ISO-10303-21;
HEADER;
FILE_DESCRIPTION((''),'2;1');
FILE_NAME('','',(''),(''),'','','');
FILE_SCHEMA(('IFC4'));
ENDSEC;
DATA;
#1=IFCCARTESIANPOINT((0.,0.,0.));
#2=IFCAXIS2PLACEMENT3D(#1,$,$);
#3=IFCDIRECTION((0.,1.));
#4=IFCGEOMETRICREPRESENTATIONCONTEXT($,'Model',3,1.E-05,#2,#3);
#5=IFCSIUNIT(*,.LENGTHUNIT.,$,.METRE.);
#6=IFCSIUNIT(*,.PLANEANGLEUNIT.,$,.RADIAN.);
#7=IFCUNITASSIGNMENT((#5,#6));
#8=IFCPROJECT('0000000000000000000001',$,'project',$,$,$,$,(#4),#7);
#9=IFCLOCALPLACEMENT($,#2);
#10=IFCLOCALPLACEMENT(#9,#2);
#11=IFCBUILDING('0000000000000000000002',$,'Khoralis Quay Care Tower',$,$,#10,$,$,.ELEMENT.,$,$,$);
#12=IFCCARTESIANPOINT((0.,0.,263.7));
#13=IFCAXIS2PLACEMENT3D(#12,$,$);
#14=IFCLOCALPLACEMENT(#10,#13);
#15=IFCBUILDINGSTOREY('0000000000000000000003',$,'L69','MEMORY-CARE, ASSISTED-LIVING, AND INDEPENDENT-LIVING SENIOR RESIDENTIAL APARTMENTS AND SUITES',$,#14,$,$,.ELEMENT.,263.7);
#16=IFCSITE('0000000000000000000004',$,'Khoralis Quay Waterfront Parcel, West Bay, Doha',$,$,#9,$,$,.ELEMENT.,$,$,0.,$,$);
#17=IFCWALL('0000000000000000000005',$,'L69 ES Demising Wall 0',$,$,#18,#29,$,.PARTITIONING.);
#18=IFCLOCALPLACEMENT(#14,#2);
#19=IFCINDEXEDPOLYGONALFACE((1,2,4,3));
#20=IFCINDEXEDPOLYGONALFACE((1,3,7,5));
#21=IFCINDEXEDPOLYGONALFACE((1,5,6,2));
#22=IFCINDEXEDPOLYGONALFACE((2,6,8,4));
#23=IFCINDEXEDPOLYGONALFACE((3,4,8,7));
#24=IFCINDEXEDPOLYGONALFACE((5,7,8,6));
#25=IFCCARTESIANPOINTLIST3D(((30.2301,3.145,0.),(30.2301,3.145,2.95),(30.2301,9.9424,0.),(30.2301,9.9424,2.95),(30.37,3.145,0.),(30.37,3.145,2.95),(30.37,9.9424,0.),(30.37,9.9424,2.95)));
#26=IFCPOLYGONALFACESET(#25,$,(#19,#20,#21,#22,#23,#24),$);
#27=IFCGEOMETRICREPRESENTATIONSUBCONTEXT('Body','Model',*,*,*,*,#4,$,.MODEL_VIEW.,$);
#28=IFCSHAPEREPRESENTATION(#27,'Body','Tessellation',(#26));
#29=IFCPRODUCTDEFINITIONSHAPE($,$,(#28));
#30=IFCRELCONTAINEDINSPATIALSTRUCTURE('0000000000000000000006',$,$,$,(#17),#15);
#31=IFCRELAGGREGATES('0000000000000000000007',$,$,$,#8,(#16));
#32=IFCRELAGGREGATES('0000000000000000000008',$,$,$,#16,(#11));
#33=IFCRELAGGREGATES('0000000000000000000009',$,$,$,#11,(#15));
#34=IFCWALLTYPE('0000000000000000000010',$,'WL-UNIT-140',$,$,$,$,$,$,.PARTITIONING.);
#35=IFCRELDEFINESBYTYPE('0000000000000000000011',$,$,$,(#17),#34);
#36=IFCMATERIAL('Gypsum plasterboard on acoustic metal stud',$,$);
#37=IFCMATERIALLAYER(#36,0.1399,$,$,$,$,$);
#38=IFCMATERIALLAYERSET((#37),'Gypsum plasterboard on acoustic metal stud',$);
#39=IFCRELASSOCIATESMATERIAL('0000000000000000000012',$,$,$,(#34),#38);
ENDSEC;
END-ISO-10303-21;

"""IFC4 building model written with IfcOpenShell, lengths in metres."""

from ifc_helpers import new_model, si_unit, direction, frame, frame_2d, origin, place, context, subcontext, project, spatial, rectangle, extrude, material, layer, layer_set, type_object, element, save


model = new_model("IFC4")

# Units and contexts
model_context = context("Model", 3, precision=1e-05, world=origin(), true_north=direction((0.0, 1.0)))
body_context = subcontext(model_context, "Body", "Model", "MODEL_VIEW")
ifc_project = project(units=[si_unit("LENGTHUNIT", "METRE"), si_unit("PLANEANGLEUNIT", "RADIAN")], contexts=[model_context])

# Site, building, storey
site_placement = place(None, origin())
site = spatial("IfcSite", under=ifc_project, at=site_placement, Name="Khoralis Quay Waterfront Parcel, West Bay, Doha", CompositionType="ELEMENT", RefElevation=0.0)
building_placement = place(site_placement, origin())
building = spatial("IfcBuilding", under=site, at=building_placement, Name="Khoralis Quay Care Tower", CompositionType="ELEMENT")
storey_placement = place(building_placement, frame((0.0, 0.0, 263.7)))
storey = spatial("IfcBuildingStorey", under=building, at=storey_placement, Name="L69", Description="MEMORY-CARE, ASSISTED-LIVING, AND INDEPENDENT-LIVING SENIOR RESIDENTIAL APARTMENTS AND SUITES", CompositionType="ELEMENT", Elevation=263.7)

# Shared definitions
ifc_material_1 = material(Name="Gypsum plasterboard on acoustic metal stud")

# Wall
ifc_layer_1 = layer(ifc_material_1, 0.1399)
ifc_layer_set_1 = layer_set([ifc_layer_1], Name="Gypsum plasterboard on acoustic metal stud")
wall_type_1 = type_object("IfcWallType", Name="WL-UNIT-140", PredefinedType="PARTITIONING", material=ifc_layer_set_1)
wall_1_placement = place(storey_placement, frame((30.3, 3.145, 0.0), z_axis=(0.0, 0.0, 1.0), x_axis=(0.0, 1.0, 0.0)))
element("IfcWall", 1, at=wall_1_placement, inside=storey, type_object=wall_type_1, Name="L69 ES Demising Wall 0", PredefinedType="PARTITIONING", context=body_context, shape_type="SweptSolid", body=[
    extrude(rectangle(XDim=6.7974, YDim=0.1399, at=frame_2d((3.3987, 0.0))), origin(), (0.0, 0.0, 1.0), 2.95),
])

save(model, "model.ifc")
